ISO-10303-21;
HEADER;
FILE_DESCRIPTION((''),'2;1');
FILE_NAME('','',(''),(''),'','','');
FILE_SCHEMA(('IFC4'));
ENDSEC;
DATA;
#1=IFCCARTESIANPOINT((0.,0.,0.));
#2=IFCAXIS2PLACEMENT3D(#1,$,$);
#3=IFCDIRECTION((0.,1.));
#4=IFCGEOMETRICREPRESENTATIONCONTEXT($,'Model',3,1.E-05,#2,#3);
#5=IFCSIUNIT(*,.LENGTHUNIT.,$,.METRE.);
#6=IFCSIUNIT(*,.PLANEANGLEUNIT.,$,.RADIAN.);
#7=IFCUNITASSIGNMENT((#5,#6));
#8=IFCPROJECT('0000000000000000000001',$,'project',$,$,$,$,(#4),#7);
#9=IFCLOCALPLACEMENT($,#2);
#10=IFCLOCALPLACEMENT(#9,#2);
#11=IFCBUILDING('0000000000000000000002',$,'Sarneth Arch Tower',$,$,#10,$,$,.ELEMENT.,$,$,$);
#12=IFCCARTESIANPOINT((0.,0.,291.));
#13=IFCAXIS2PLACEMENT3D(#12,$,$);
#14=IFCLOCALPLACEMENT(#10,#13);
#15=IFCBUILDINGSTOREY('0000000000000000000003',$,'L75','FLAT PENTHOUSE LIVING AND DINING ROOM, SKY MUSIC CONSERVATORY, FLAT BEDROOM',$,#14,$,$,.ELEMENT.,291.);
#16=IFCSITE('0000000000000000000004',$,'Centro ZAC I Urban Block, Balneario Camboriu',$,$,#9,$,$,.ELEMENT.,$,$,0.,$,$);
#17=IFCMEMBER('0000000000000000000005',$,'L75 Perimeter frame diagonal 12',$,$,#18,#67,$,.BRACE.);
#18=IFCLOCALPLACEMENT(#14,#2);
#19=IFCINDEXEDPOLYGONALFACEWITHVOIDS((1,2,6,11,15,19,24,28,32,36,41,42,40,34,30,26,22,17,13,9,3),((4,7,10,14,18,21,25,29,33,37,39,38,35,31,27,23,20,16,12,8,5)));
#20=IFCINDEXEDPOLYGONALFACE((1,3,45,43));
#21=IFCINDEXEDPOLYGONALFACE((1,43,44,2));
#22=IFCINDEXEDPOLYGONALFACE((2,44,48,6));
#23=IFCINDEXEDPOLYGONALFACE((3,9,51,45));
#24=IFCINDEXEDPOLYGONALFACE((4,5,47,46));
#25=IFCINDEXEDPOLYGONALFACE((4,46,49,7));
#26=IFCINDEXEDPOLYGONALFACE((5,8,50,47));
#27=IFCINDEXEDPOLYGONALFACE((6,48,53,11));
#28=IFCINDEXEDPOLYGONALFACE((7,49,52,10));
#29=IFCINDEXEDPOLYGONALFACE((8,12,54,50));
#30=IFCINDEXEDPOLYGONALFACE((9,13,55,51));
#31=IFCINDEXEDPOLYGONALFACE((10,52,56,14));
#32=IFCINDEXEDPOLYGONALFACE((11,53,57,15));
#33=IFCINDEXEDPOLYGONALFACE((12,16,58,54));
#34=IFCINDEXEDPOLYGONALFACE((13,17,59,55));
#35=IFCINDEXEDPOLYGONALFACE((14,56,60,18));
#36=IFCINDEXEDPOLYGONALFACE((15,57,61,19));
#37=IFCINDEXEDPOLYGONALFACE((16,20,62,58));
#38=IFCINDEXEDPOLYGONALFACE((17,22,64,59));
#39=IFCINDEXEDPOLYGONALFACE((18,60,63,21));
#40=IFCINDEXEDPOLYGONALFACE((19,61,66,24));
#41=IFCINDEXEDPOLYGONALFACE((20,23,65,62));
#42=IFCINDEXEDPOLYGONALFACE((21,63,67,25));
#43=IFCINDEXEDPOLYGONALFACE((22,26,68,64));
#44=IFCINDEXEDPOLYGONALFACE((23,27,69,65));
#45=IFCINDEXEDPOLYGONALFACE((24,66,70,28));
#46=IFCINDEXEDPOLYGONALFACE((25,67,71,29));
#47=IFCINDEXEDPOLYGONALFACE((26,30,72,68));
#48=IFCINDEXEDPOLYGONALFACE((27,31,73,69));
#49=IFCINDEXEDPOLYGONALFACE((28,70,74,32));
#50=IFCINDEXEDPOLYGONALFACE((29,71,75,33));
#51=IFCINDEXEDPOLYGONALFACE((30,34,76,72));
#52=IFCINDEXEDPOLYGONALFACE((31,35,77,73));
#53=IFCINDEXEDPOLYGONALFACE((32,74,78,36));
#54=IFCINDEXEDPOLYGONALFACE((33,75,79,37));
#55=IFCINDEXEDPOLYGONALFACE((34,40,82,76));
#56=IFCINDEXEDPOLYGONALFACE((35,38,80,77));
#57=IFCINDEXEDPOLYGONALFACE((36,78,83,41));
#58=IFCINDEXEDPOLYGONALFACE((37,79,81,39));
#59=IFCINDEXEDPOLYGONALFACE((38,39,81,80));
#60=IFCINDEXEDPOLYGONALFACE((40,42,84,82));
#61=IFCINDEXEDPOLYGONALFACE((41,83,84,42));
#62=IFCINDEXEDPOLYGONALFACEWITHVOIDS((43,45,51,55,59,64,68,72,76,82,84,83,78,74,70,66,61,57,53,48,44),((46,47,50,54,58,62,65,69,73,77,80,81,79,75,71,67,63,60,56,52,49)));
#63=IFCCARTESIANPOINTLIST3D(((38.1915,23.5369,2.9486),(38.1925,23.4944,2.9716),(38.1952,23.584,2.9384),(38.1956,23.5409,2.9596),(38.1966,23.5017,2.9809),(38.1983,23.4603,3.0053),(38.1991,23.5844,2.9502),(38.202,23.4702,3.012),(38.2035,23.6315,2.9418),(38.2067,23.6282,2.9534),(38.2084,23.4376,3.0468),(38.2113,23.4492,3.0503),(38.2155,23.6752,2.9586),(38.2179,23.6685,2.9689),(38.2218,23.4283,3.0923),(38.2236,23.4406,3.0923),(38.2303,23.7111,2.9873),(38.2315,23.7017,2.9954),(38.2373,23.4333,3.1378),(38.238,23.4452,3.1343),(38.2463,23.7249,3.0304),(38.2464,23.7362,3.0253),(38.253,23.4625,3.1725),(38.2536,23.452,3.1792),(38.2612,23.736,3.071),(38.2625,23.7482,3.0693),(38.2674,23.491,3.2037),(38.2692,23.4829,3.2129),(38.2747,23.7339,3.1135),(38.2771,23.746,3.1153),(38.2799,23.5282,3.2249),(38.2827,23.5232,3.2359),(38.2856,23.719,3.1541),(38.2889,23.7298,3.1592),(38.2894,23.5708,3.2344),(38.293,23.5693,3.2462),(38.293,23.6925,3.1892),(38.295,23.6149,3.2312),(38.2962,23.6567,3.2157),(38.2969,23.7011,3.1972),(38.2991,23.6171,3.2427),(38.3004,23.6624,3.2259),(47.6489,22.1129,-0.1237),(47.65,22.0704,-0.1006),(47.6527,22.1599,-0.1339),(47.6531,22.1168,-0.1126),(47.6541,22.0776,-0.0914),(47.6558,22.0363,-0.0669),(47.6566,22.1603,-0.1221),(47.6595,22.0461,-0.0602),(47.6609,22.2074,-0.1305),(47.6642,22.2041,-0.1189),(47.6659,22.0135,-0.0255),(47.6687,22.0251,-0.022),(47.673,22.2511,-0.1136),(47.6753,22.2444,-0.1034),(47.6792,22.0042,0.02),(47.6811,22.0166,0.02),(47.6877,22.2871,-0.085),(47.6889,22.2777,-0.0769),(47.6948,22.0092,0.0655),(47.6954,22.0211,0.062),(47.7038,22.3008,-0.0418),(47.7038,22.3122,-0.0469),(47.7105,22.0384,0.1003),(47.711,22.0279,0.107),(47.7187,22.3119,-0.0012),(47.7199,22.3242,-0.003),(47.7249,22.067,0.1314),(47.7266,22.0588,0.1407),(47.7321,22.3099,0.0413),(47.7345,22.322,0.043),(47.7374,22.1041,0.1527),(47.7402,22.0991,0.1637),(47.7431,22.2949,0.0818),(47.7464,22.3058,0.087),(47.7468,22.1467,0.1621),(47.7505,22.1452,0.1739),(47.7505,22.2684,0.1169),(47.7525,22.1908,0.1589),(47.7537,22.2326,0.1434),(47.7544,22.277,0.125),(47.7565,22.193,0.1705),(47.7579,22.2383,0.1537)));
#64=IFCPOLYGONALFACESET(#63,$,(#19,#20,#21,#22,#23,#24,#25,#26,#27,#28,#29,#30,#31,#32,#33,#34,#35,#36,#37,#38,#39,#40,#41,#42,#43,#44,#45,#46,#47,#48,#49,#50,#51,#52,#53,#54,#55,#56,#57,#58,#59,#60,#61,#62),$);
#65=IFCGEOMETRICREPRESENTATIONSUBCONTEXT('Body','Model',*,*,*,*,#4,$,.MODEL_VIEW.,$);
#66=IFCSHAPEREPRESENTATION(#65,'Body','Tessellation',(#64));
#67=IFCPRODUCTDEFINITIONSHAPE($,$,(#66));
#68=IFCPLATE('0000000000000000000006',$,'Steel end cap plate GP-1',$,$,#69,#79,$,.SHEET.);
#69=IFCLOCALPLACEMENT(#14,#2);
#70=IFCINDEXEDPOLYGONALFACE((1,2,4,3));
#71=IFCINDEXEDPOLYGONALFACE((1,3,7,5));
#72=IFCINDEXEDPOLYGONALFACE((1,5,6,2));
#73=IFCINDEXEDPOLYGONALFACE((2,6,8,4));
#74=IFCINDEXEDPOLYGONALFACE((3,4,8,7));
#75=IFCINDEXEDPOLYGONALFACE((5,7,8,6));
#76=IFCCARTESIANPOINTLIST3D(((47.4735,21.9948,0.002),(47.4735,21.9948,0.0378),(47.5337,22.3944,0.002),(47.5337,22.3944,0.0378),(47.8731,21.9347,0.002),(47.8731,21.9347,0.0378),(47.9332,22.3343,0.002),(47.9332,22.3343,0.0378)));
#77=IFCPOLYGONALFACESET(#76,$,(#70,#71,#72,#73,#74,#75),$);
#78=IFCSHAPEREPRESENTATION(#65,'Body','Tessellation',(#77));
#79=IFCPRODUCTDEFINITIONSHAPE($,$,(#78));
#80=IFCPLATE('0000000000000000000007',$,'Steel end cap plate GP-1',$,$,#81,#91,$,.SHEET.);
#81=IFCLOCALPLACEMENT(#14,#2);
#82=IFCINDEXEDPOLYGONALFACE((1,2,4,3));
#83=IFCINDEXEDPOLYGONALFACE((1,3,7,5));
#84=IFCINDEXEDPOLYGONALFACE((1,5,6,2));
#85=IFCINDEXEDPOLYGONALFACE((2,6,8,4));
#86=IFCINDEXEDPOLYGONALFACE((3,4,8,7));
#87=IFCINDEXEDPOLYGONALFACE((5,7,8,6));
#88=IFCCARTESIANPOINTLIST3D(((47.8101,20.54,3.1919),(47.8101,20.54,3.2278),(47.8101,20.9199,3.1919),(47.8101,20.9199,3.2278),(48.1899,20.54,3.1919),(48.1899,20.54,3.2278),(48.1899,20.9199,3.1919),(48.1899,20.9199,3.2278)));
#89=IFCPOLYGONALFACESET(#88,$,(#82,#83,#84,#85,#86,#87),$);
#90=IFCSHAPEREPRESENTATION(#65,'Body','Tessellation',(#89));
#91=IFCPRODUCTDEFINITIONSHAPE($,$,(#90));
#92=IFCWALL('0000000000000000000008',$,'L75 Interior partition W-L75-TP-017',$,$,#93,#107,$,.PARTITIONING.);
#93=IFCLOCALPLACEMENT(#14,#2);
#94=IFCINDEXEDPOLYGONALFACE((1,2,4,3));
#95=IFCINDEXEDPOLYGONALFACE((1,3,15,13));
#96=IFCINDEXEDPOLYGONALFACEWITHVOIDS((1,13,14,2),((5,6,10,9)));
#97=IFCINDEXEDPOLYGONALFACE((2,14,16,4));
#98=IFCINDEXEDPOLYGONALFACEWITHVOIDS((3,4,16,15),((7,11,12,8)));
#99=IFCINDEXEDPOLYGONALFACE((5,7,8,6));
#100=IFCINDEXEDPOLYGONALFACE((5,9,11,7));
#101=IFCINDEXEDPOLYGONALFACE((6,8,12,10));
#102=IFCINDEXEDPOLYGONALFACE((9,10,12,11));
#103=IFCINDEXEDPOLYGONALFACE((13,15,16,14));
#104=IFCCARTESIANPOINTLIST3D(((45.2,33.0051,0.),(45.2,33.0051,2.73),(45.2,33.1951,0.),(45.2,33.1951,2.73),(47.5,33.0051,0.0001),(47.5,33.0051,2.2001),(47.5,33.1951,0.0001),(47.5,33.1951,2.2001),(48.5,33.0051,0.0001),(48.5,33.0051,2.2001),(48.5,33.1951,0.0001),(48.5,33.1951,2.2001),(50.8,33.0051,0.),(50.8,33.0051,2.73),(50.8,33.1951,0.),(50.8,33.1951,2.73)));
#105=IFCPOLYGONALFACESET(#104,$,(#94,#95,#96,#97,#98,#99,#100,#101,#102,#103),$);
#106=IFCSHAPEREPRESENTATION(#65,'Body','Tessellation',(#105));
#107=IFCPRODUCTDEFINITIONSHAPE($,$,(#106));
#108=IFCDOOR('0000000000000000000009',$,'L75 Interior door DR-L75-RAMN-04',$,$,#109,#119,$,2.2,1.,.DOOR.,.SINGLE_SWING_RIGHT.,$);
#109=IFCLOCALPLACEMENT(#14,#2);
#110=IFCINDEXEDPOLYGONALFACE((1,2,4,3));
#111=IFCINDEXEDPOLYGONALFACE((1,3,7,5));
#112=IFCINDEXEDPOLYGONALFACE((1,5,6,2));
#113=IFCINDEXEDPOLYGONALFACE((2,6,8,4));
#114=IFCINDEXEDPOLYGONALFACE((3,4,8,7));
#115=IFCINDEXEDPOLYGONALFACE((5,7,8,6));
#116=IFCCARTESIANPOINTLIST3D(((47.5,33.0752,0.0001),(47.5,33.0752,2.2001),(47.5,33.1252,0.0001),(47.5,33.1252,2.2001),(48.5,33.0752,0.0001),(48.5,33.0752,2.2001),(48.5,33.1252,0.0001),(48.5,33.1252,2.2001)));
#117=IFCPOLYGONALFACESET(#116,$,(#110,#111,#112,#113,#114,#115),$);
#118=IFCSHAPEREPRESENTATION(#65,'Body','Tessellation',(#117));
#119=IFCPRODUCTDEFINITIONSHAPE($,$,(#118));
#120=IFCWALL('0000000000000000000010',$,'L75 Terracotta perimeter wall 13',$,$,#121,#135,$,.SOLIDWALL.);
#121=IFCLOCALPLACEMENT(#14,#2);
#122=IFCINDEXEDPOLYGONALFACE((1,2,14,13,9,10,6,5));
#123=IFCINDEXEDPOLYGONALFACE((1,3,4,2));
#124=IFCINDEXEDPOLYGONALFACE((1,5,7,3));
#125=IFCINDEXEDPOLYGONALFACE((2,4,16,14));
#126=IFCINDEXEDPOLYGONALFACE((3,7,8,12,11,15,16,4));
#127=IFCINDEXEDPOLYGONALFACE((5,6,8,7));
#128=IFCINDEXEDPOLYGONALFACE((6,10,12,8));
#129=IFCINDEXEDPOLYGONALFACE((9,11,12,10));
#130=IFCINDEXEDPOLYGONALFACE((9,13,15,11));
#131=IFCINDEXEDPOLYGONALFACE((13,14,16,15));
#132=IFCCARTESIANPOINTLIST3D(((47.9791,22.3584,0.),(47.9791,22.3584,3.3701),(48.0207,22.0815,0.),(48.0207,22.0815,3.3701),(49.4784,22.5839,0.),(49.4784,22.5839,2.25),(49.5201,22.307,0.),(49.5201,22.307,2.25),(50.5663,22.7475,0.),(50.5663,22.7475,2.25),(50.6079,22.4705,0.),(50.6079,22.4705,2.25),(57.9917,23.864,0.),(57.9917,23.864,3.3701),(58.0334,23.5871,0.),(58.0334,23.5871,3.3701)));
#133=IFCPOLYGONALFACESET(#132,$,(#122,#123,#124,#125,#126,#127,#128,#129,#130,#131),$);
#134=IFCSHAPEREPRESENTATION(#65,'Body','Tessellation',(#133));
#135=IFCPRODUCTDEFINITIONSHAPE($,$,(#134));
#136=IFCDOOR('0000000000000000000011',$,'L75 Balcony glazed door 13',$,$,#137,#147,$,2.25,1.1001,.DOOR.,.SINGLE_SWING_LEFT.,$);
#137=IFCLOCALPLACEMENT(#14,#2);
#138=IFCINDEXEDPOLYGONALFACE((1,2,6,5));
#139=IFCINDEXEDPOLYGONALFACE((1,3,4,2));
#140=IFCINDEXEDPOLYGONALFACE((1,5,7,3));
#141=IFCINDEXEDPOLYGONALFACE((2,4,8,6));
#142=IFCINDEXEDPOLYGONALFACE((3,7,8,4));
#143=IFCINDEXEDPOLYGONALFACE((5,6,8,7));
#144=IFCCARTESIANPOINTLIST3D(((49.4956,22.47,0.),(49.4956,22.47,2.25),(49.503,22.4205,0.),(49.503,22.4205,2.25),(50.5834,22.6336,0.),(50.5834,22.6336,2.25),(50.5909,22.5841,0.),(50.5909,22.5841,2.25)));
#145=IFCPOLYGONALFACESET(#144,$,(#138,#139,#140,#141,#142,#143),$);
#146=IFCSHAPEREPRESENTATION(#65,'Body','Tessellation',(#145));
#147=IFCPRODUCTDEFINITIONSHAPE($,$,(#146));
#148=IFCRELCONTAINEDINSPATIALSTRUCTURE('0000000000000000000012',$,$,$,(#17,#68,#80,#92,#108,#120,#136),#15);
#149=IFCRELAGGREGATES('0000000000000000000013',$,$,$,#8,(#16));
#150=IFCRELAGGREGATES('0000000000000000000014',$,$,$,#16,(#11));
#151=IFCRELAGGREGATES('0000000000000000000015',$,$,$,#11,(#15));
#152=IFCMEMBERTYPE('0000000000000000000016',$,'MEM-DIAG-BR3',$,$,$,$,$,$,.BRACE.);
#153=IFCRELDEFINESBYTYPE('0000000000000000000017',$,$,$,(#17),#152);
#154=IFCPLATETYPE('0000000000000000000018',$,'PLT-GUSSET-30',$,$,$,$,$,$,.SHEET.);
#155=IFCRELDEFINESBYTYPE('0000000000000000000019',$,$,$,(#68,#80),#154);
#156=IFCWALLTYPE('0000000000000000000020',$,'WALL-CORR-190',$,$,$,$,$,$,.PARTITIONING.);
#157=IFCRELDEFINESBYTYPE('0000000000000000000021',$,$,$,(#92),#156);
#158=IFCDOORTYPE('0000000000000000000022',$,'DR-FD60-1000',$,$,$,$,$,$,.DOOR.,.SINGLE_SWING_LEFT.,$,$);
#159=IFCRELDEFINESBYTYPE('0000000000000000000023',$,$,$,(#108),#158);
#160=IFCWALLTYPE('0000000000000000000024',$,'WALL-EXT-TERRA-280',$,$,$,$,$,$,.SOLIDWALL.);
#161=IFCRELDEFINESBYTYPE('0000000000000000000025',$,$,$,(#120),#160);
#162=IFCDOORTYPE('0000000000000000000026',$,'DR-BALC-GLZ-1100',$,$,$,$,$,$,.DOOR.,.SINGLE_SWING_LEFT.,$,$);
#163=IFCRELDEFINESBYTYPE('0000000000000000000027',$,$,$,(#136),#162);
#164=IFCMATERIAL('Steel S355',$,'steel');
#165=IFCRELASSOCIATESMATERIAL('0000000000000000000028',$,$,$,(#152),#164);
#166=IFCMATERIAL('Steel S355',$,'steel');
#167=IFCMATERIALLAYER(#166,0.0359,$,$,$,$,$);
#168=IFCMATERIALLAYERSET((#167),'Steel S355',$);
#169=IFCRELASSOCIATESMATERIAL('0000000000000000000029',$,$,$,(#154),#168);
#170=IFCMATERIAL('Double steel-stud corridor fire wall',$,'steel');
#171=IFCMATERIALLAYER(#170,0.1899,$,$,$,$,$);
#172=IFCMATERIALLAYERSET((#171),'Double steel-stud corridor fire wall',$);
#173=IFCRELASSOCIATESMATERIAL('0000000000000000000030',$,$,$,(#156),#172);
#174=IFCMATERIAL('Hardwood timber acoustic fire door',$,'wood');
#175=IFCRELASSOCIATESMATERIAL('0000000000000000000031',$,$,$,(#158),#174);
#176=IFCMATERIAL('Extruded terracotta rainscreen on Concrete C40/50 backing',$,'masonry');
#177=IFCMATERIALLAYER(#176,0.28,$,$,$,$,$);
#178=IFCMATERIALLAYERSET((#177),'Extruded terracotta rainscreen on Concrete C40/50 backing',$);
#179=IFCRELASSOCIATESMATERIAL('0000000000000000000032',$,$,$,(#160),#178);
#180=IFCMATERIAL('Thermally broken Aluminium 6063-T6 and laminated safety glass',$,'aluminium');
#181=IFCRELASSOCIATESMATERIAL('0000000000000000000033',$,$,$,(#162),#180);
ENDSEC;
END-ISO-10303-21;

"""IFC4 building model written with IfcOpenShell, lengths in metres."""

from ifc_helpers import new_model, si_unit, direction, frame, frame_2d, origin, origin_2d, place, context, subcontext, project, spatial, rectangle, hollow_circle, extrude, material, layer, layer_set, material_profile, profile_set, type_object, element, fill, save


model = new_model("IFC4")

# Units and contexts
model_context = context("Model", 3, precision=1e-05, world=origin(), true_north=direction((0.0, 1.0)))
body_context = subcontext(model_context, "Body", "Model", "MODEL_VIEW")
ifc_project = project(units=[si_unit("LENGTHUNIT", "METRE"), si_unit("PLANEANGLEUNIT", "RADIAN")], contexts=[model_context])

# Site, building, storey
site_placement = place(None, origin())
site = spatial("IfcSite", under=ifc_project, at=site_placement, Name="Centro ZAC I Urban Block, Balneario Camboriu", CompositionType="ELEMENT", RefElevation=0.0)
building_placement = place(site_placement, origin())
building = spatial("IfcBuilding", under=site, at=building_placement, Name="Sarneth Arch Tower", CompositionType="ELEMENT")
storey_placement = place(building_placement, frame((0.0, 0.0, 291.0)))
storey = spatial("IfcBuildingStorey", under=building, at=storey_placement, Name="L75", Description="FLAT PENTHOUSE LIVING AND DINING ROOM, SKY MUSIC CONSERVATORY, FLAT BEDROOM", CompositionType="ELEMENT", Elevation=291.0)

# Member
ifc_material_1 = material(Name="Steel S355", Category="steel")
ifc_material_profile_1 = material_profile(ifc_material_1, hollow_circle(Radius=0.1621, WallThickness=0.0125, at=origin_2d()), Name="CHS324x12.5")
ifc_profile_set_1 = profile_set([ifc_material_profile_1], Name="Steel S355")
member_type_1 = type_object("IfcMemberType", Name="MEM-DIAG-BR3", PredefinedType="BRACE", material=ifc_profile_set_1)
member_1_placement = place(storey_placement, frame((47.7034, 22.1646, 0.02), z_axis=(-0.941471, 0.141763, 0.305836), x_axis=(-0.148897, -0.988853, 0.0)))
element("IfcMember", 1, at=member_1_placement, inside=storey, type_object=member_type_1, Name="L75 Perimeter frame diagonal 12", PredefinedType="BRACE", context=body_context, shape_type="SweptSolid", body=[
    extrude(hollow_circle(Radius=0.1621, WallThickness=0.0125, at=origin_2d()), origin(), (0.0, 0.0, 1.0), 10.0454),
])

# Plates
ifc_material_2 = material(Name="Steel S355", Category="steel")
ifc_layer_1 = layer(ifc_material_2, 0.0359)
ifc_layer_set_1 = layer_set([ifc_layer_1], Name="Steel S355")
plate_type = type_object("IfcPlateType", Name="PLT-GUSSET-30", PredefinedType="SHEET", material=ifc_layer_set_1)
plate_1_placement = place(storey_placement, frame((47.7034, 22.1646, 0.002), z_axis=(0.0, 0.0, 1.0), x_axis=(0.988861, -0.148845, 0.0)))
element("IfcPlate", 2, at=plate_1_placement, inside=storey, type_object=plate_type, Name="Steel end cap plate GP-1", PredefinedType="SHEET", context=body_context, shape_type="SweptSolid", body=[
    extrude(rectangle(XDim=0.4041, YDim=0.4041, at=origin_2d()), origin(), (0.0, 0.0, 1.0), 0.0359),
])
plate_2_placement = place(storey_placement, frame((48.0, 20.73, 3.1919), z_axis=(0.0, 0.0, 1.0), x_axis=(0.0, -1.0, 0.0)))
element("IfcPlate", 3, at=plate_2_placement, inside=storey, type_object=plate_type, Name="Steel end cap plate GP-1", PredefinedType="SHEET", context=body_context, shape_type="SweptSolid", body=[
    extrude(rectangle(XDim=0.3799, YDim=0.3799, at=origin_2d()), origin(), (0.0, 0.0, 1.0), 0.0359),
])

# Walls, openings, doors
ifc_material_3 = material(Name="Double steel-stud corridor fire wall", Category="steel")
ifc_layer_2 = layer(ifc_material_3, 0.1899)
ifc_layer_set_2 = layer_set([ifc_layer_2], Name="Double steel-stud corridor fire wall")
wall_type_1 = type_object("IfcWallType", Name="WALL-CORR-190", PredefinedType="PARTITIONING", material=ifc_layer_set_2)
wall_1_placement = place(storey_placement, frame((50.8, 33.1001, 0.0), z_axis=(0.0, 0.0, 1.0), x_axis=(-1.0, 0.0, 0.0)))
wall_1 = element("IfcWall", 4, at=wall_1_placement, inside=storey, type_object=wall_type_1, Name="L75 Interior partition W-L75-TP-017", PredefinedType="PARTITIONING", context=body_context, shape_type="SweptSolid", body=[
    extrude(rectangle(XDim=5.6001, YDim=0.1899, at=frame_2d((2.8, 0.0))), origin(), (0.0, 0.0, 1.0), 2.73),
])
opening_1_placement = place(wall_1_placement, frame((2.3, 0.0, 0.0)))
opening_1 = element("IfcOpeningElement", 5, at=opening_1_placement, cuts=wall_1, PredefinedType="OPENING", context=body_context, shape_type="SweptSolid", body=[
    extrude(rectangle(XDim=1.0, YDim=2.2, at=frame_2d((0.5, 1.1001))), frame((0.0, 0.105, 0.0), z_axis=(0.0, -1.0, 0.0), x_axis=(1.0, 0.0, 0.0)), (0.0, 0.0, 1.0), 0.21),
])
ifc_material_4 = material(Name="Hardwood timber acoustic fire door", Category="wood")
door_type_1 = type_object("IfcDoorType", Name="DR-FD60-1000", OperationType="SINGLE_SWING_LEFT", PredefinedType="DOOR", material=ifc_material_4)
door_1_placement = place(opening_1_placement, origin())
door_1 = element("IfcDoor", 6, at=door_1_placement, inside=storey, type_object=door_type_1, Name="L75 Interior door DR-L75-RAMN-04", OperationType="SINGLE_SWING_RIGHT", OverallHeight=2.2, OverallWidth=1.0, PredefinedType="DOOR", context=body_context, shape_type="SweptSolid", body=[
    extrude(rectangle(XDim=1.0, YDim=2.2, at=frame_2d((0.5, 1.1001))), frame((0.0, 0.0249, 0.0), z_axis=(0.0, -1.0, 0.0), x_axis=(1.0, 0.0, 0.0)), (0.0, 0.0, 1.0), 0.05),
])
fill(opening_1, door_1)
ifc_material_5 = material(Name="Extruded terracotta rainscreen on Concrete C40/50 backing", Category="masonry")
ifc_layer_3 = layer(ifc_material_5, 0.28)
ifc_layer_set_3 = layer_set([ifc_layer_3], Name="Extruded terracotta rainscreen on Concrete C40/50 backing")
wall_type_2 = type_object("IfcWallType", Name="WALL-EXT-TERRA-280", PredefinedType="SOLIDWALL", material=ifc_layer_set_3)
wall_2_placement = place(storey_placement, frame((48.0, 22.22, 0.0), z_axis=(0.0, 0.0, 1.0), x_axis=(0.988883, 0.148699, 0.0)))
wall_2 = element("IfcWall", 7, at=wall_2_placement, inside=storey, type_object=wall_type_2, Name="L75 Terracotta perimeter wall 13", PredefinedType="SOLIDWALL", context=body_context, shape_type="SweptSolid", body=[
    extrude(rectangle(XDim=10.1252, YDim=0.28, at=frame_2d((5.0625, 0.0))), origin(), (0.0, 0.0, 1.0), 3.3701),
])
opening_2_placement = place(wall_2_placement, frame((1.5161, 0.0, 0.0)))
opening_2 = element("IfcOpeningElement", 8, at=opening_2_placement, cuts=wall_2, PredefinedType="OPENING", context=body_context, shape_type="SweptSolid", body=[
    extrude(rectangle(XDim=1.1001, YDim=2.25, at=frame_2d((0.55, 1.125))), frame((0.0, 0.1499, 0.0), z_axis=(0.0, -1.0, 0.0), x_axis=(1.0, 0.0, 0.0)), (0.0, 0.0, 1.0), 0.3),
])
ifc_material_6 = material(Name="Thermally broken Aluminium 6063-T6 and laminated safety glass", Category="aluminium")
door_type_2 = type_object("IfcDoorType", Name="DR-BALC-GLZ-1100", OperationType="SINGLE_SWING_LEFT", PredefinedType="DOOR", material=ifc_material_6)
door_2_placement = place(opening_2_placement, origin())
door_2 = element("IfcDoor", 9, at=door_2_placement, inside=storey, type_object=door_type_2, Name="L75 Balcony glazed door 13", OperationType="SINGLE_SWING_LEFT", OverallHeight=2.25, OverallWidth=1.1001, PredefinedType="DOOR", context=body_context, shape_type="SweptSolid", body=[
    extrude(rectangle(XDim=1.1001, YDim=2.25, at=frame_2d((0.55, 1.125))), frame((0.0, 0.0249, 0.0), z_axis=(0.0, -1.0, 0.0), x_axis=(1.0, 0.0, 0.0)), (0.0, 0.0, 1.0), 0.05),
])
fill(opening_2, door_2)

save(model, "model.ifc")
